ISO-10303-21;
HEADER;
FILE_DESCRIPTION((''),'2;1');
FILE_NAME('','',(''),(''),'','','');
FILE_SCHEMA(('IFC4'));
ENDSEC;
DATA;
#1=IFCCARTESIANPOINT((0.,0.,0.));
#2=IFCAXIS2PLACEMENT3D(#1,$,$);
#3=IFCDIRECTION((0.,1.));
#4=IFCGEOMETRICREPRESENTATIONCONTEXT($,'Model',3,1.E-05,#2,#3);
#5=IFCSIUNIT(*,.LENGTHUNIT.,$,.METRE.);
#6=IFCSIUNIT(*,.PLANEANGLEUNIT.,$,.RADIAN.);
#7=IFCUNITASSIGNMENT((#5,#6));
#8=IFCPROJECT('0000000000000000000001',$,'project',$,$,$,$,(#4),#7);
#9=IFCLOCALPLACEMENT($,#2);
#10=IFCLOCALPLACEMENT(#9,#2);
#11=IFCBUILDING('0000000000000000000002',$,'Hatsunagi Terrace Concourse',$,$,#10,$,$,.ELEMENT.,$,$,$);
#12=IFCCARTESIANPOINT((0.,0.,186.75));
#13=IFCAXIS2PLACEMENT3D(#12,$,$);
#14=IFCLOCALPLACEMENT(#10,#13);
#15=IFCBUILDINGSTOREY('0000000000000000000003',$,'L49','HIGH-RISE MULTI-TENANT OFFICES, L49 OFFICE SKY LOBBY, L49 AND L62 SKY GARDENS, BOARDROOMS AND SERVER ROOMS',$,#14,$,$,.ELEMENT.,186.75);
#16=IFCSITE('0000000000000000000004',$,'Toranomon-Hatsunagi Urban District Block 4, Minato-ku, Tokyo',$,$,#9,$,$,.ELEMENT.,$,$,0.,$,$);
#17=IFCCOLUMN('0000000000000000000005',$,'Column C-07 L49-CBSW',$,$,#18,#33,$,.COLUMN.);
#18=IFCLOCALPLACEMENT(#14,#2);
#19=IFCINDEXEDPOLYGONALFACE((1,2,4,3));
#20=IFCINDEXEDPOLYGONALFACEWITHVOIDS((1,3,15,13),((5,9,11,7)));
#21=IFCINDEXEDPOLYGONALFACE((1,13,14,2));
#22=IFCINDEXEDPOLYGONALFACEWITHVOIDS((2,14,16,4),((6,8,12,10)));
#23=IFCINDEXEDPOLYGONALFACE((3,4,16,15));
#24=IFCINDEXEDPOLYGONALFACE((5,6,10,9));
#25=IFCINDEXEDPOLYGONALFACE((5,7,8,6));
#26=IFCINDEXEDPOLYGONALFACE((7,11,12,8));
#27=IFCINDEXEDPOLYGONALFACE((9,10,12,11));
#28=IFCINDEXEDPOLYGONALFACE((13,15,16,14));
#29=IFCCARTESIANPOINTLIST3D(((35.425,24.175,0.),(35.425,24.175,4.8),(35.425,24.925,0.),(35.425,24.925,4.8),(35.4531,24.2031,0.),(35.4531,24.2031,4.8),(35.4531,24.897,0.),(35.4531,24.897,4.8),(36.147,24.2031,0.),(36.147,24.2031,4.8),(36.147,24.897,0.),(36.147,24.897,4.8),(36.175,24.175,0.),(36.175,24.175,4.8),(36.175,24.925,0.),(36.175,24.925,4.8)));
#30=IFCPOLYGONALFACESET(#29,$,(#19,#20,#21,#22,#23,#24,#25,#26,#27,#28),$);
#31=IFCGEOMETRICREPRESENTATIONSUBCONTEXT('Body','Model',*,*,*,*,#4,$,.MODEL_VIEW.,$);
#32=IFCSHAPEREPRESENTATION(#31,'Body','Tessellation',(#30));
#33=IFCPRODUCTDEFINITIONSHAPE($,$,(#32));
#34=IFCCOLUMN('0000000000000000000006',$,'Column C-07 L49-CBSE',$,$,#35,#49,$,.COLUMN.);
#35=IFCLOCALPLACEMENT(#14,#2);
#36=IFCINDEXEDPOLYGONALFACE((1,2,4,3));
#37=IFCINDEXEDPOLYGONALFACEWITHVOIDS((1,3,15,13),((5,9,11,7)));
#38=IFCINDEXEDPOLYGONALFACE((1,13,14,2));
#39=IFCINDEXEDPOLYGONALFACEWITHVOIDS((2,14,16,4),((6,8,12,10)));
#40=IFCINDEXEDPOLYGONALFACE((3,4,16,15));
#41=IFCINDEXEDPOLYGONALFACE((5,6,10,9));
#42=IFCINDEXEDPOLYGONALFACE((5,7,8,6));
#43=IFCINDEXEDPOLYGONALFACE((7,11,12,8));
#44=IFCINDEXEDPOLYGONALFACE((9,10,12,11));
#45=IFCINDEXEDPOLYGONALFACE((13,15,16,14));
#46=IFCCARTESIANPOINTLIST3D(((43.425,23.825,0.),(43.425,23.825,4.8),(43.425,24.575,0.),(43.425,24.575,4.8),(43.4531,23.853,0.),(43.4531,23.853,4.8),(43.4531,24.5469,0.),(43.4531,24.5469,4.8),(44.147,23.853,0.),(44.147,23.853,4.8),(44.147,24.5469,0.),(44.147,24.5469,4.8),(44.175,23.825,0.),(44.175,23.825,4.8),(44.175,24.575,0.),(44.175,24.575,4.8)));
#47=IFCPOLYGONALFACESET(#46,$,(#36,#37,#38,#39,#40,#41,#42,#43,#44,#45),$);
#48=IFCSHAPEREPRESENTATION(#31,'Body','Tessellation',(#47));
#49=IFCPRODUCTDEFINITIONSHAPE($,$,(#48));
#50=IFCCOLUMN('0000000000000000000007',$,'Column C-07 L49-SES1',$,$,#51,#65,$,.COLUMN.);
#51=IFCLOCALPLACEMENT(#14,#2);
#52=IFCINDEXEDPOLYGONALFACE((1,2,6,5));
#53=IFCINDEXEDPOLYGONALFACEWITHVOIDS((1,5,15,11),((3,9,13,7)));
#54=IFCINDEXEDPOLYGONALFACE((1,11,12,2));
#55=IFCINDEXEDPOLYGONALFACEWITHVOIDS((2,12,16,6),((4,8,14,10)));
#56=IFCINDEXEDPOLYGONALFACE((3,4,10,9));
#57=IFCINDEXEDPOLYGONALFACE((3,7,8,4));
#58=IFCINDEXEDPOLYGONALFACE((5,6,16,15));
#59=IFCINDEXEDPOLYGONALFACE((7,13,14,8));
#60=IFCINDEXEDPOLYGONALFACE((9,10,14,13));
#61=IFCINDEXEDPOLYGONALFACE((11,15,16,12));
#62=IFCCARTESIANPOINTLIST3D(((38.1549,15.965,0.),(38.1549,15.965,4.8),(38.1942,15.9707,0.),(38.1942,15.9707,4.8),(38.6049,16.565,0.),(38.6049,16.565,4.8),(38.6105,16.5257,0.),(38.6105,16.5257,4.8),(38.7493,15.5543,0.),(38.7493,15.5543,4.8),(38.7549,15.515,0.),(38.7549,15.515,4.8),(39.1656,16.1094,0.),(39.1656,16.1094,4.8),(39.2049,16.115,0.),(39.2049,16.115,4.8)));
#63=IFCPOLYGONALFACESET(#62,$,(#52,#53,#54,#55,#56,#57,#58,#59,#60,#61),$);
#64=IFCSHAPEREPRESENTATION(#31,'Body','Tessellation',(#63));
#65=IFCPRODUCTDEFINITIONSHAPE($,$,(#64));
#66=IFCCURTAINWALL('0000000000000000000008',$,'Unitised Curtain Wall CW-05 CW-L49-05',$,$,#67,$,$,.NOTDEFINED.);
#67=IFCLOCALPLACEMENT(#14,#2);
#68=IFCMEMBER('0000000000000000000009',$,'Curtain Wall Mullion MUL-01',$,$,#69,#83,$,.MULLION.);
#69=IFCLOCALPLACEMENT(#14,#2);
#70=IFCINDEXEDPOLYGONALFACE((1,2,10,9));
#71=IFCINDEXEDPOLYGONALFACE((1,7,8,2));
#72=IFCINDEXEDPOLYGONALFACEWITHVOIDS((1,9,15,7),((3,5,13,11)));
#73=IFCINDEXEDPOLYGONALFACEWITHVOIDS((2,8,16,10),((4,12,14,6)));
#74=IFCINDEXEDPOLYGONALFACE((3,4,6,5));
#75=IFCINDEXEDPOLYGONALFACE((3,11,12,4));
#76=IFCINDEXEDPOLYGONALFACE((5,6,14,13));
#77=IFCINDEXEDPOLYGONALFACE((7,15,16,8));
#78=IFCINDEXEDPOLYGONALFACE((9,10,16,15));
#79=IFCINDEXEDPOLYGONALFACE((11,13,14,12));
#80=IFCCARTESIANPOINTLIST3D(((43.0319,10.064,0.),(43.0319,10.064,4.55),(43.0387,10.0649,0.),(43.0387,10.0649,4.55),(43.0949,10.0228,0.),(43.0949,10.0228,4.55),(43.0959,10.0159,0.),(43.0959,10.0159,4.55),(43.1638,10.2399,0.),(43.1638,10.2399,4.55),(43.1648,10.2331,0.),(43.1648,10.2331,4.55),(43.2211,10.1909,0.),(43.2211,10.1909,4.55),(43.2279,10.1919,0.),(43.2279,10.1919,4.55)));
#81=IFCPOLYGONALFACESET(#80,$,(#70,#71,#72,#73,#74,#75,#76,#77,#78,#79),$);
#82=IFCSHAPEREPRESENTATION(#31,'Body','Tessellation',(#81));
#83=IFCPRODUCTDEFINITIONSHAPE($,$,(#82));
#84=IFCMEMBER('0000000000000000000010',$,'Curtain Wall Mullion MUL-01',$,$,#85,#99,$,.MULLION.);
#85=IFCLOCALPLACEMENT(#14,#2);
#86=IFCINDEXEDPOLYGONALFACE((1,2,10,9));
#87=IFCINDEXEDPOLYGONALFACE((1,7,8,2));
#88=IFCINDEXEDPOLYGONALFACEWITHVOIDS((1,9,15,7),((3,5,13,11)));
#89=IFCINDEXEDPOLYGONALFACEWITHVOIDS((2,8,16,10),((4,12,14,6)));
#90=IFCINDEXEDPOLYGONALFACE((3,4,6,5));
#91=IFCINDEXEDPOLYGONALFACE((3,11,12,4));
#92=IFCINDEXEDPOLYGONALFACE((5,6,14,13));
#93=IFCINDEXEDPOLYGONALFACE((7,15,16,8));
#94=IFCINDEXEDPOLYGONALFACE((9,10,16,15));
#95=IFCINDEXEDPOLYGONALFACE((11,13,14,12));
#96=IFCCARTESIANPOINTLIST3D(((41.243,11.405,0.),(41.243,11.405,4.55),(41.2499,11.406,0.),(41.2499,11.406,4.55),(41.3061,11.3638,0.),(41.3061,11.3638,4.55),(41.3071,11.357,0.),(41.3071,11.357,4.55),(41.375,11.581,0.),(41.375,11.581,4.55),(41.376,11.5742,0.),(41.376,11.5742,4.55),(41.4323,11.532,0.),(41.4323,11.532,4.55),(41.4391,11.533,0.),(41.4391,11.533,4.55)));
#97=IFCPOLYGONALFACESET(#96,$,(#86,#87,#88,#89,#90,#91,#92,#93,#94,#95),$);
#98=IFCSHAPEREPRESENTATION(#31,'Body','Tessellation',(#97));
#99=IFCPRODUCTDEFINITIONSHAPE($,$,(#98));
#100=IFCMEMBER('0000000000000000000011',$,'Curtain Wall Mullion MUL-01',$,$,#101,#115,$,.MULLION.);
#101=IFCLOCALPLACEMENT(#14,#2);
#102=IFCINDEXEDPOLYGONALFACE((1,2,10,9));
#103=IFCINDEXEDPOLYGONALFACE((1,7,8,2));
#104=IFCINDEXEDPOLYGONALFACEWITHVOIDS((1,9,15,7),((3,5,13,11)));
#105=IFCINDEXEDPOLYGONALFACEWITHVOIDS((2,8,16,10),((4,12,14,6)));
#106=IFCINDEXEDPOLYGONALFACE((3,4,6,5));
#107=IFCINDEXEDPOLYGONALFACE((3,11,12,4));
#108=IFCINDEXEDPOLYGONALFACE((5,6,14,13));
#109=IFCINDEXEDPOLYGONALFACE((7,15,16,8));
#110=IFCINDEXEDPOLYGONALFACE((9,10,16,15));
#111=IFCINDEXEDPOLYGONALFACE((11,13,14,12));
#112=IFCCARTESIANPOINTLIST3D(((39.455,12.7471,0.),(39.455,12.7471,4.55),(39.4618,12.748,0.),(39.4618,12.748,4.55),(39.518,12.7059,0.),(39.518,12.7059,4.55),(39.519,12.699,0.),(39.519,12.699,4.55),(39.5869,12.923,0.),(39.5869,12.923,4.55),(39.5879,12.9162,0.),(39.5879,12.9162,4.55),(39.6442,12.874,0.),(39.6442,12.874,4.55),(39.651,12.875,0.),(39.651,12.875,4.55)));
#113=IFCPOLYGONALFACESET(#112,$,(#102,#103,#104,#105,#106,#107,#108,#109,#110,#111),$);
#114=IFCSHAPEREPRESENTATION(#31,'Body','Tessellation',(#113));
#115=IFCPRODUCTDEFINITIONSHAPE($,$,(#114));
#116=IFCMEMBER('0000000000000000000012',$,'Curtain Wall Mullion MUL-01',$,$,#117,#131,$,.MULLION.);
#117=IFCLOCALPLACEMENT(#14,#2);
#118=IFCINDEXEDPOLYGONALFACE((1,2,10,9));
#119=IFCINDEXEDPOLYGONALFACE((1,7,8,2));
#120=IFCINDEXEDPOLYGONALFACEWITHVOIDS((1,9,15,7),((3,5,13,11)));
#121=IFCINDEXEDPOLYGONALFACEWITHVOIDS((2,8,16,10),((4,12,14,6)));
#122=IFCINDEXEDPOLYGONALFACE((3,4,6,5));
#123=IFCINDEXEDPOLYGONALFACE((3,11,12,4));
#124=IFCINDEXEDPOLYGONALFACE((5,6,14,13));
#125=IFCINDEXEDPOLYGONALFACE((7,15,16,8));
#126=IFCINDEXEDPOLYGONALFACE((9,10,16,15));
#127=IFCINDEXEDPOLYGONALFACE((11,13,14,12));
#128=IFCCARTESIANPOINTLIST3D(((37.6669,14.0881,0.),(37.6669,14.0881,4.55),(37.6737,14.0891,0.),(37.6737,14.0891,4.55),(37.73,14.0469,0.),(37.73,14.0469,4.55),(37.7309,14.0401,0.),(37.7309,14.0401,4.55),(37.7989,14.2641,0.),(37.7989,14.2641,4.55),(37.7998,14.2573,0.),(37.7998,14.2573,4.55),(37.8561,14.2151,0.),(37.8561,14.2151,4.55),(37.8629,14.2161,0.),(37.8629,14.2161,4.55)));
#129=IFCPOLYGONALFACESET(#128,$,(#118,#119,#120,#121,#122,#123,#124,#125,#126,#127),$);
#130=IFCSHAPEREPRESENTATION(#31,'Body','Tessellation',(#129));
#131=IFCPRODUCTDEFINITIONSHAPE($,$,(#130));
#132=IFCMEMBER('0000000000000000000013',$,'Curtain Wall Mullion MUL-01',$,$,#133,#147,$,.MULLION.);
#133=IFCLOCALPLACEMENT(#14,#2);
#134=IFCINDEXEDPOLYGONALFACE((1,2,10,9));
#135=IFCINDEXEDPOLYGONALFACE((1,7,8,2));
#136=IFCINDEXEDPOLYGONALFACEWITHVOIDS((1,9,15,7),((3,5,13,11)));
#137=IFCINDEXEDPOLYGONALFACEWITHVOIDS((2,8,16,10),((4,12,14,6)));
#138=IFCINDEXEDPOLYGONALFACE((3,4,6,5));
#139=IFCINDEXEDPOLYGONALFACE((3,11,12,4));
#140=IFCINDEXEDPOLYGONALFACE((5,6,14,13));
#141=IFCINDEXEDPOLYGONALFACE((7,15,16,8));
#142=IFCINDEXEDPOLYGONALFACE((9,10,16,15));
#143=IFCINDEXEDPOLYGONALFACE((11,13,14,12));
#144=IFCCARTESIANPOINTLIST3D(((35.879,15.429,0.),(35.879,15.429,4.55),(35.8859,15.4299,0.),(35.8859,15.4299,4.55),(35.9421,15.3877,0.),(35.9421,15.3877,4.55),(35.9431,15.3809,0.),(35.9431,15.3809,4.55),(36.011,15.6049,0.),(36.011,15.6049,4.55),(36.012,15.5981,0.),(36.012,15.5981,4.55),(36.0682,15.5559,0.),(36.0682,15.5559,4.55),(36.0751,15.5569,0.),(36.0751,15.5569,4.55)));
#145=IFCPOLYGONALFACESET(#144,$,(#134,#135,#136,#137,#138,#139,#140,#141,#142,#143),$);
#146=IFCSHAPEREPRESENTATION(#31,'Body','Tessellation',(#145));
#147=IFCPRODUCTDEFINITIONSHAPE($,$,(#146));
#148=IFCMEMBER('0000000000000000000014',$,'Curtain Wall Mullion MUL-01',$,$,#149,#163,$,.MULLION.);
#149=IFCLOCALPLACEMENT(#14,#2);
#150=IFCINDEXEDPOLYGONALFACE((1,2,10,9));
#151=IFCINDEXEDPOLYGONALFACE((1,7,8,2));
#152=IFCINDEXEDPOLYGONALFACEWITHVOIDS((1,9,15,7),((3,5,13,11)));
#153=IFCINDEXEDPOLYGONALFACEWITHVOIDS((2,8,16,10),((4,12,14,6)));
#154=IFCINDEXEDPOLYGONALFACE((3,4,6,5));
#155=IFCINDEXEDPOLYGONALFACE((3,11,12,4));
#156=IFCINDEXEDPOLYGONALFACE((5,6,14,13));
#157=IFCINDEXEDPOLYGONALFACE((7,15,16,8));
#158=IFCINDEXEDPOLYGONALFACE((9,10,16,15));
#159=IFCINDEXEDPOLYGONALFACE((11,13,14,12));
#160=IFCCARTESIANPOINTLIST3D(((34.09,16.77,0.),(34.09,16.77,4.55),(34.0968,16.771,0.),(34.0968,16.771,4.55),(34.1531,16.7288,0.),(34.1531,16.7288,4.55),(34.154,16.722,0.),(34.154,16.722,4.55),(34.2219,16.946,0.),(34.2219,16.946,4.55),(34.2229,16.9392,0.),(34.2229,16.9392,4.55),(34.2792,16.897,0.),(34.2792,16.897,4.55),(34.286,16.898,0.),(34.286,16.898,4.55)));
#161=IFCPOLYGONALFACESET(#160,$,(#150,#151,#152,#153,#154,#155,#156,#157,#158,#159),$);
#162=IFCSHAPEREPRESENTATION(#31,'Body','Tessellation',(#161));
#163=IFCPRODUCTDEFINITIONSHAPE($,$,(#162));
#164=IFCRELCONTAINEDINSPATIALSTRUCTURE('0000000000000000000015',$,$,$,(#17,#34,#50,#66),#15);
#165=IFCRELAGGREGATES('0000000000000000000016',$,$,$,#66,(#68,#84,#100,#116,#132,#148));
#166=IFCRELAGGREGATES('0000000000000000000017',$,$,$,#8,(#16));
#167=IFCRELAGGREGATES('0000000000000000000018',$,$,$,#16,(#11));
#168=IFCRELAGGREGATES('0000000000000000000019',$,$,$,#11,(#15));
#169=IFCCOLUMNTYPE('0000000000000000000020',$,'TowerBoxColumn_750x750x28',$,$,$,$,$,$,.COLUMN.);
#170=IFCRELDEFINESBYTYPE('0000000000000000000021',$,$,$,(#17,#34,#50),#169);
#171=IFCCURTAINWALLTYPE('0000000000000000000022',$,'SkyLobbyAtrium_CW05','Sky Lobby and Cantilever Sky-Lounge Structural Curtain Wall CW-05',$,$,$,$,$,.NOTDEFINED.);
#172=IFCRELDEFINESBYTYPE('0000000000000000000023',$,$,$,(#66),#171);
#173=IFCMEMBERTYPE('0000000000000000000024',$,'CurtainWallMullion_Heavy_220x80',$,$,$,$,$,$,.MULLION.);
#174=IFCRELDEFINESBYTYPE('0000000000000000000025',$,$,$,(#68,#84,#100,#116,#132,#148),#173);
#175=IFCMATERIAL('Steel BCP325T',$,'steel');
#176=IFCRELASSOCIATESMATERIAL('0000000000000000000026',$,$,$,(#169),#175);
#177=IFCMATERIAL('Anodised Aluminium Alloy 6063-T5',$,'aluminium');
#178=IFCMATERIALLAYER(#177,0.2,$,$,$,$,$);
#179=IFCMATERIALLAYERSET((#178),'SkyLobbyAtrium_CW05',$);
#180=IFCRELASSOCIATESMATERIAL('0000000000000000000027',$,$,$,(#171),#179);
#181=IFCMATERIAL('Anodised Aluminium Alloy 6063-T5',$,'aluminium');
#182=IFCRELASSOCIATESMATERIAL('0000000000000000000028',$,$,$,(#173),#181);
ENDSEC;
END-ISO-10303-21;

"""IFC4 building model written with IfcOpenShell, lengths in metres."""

from ifc_helpers import new_model, si_unit, direction, frame, origin, origin_2d, place, context, subcontext, project, spatial, hollow_rectangle, extrude, material, layer, layer_set, material_profile, profile_set, type_object, element, aggregate, save


model = new_model("IFC4")

# Units and contexts
model_context = context("Model", 3, precision=1e-05, world=origin(), true_north=direction((0.0, 1.0)))
body_context = subcontext(model_context, "Body", "Model", "MODEL_VIEW")
ifc_project = project(units=[si_unit("LENGTHUNIT", "METRE"), si_unit("PLANEANGLEUNIT", "RADIAN")], contexts=[model_context])

# Site, building, storey
site_placement = place(None, origin())
site = spatial("IfcSite", under=ifc_project, at=site_placement, Name="Toranomon-Hatsunagi Urban District Block 4, Minato-ku, Tokyo", CompositionType="ELEMENT", RefElevation=0.0)
building_placement = place(site_placement, origin())
building = spatial("IfcBuilding", under=site, at=building_placement, Name="Hatsunagi Terrace Concourse", CompositionType="ELEMENT")
storey_placement = place(building_placement, frame((0.0, 0.0, 186.75)))
storey = spatial("IfcBuildingStorey", under=building, at=storey_placement, Name="L49", Description="HIGH-RISE MULTI-TENANT OFFICES, L49 OFFICE SKY LOBBY, L49 AND L62 SKY GARDENS, BOARDROOMS AND SERVER ROOMS", CompositionType="ELEMENT", Elevation=186.75)

# Columns
ifc_material_1 = material(Name="Steel BCP325T", Category="steel")
ifc_material_profile_1 = material_profile(ifc_material_1, hollow_rectangle(XDim=0.75, YDim=0.75, WallThickness=0.0281, at=origin_2d()), Name="BCP-750x750x28")
ifc_profile_set_1 = profile_set([ifc_material_profile_1], Name="Steel BCP325T")
column_type = type_object("IfcColumnType", Name="TowerBoxColumn_750x750x28", PredefinedType="COLUMN", material=ifc_profile_set_1)
for number, where, z_axis, x_axis, name in (
    (1, (35.8, 24.55, 0.0), (0.0, 0.0, 1.0), (1.0, 0.0, 0.0), "Column C-07 L49-CBSW"),
    (2, (43.8, 24.2, 0.0), (0.0, 0.0, 1.0), (1.0, 0.0, 0.0), "Column C-07 L49-CBSE"),
    (3, (38.6799, 16.04, 0.0), (0.0, 0.0, 1.0), (0.8, -0.6, 0.0), "Column C-07 L49-SES1"),
):
    element("IfcColumn", number, at=place(storey_placement, frame(where, z_axis=z_axis, x_axis=x_axis)), inside=storey, type_object=column_type, Name=name, PredefinedType="COLUMN", context=body_context, shape_type="SweptSolid", body=[
        extrude(hollow_rectangle(XDim=0.75, YDim=0.75, WallThickness=0.0281, at=origin_2d()), origin(), (0.0, 0.0, 1.0), 4.8),
    ])

# Curtain wall, members
ifc_material_2 = material(Name="Anodised Aluminium Alloy 6063-T5", Category="aluminium")
ifc_layer_1 = layer(ifc_material_2, 0.2)
ifc_layer_set_1 = layer_set([ifc_layer_1], Name="SkyLobbyAtrium_CW05")
curtain_wall_type = type_object("IfcCurtainWallType", Name="SkyLobbyAtrium_CW05", Description="Sky Lobby and Cantilever Sky-Lounge Structural Curtain Wall CW-05", PredefinedType="NOTDEFINED", material=ifc_layer_set_1)
curtain_wall_placement = place(storey_placement, origin())
curtain_wall = element("IfcCurtainWall", 4, at=curtain_wall_placement, inside=storey, type_object=curtain_wall_type, Name="Unitised Curtain Wall CW-05 CW-L49-05", PredefinedType="NOTDEFINED")
ifc_material_3 = material(Name="Anodised Aluminium Alloy 6063-T5", Category="aluminium")
ifc_material_profile_2 = material_profile(ifc_material_3, hollow_rectangle(XDim=0.0801, YDim=0.22, WallThickness=0.0049, at=origin_2d()), Name="ALU-MUL-220x80x5")
ifc_profile_set_2 = profile_set([ifc_material_profile_2], Name="Anodised Aluminium Alloy 6063-T5")
member_type = type_object("IfcMemberType", Name="CurtainWallMullion_Heavy_220x80", PredefinedType="MULLION", material=ifc_profile_set_2)
member_1_placement = place(storey_placement, frame((43.1299, 10.1279, 0.0), z_axis=(0.0, 0.0, 1.0), x_axis=(-0.800005, 0.599993, 0.0)))
member_1 = element("IfcMember", 5, at=member_1_placement, type_object=member_type, Name="Curtain Wall Mullion MUL-01", PredefinedType="MULLION", context=body_context, shape_type="SweptSolid", body=[
    extrude(hollow_rectangle(XDim=0.0801, YDim=0.22, WallThickness=0.0049, at=origin_2d()), origin(), (0.0, 0.0, 1.0), 4.55),
])
member_2_placement = place(storey_placement, frame((41.3411, 11.469, 0.0), z_axis=(0.0, 0.0, 1.0), x_axis=(-0.800005, 0.599993, 0.0)))
member_2 = element("IfcMember", 6, at=member_2_placement, type_object=member_type, Name="Curtain Wall Mullion MUL-01", PredefinedType="MULLION", context=body_context, shape_type="SweptSolid", body=[
    extrude(hollow_rectangle(XDim=0.0801, YDim=0.22, WallThickness=0.0049, at=origin_2d()), origin(), (0.0, 0.0, 1.0), 4.55),
])
member_3_placement = place(storey_placement, frame((39.553, 12.811, 0.0), z_axis=(0.0, 0.0, 1.0), x_axis=(-0.800005, 0.599993, 0.0)))
member_3 = element("IfcMember", 7, at=member_3_placement, type_object=member_type, Name="Curtain Wall Mullion MUL-01", PredefinedType="MULLION", context=body_context, shape_type="SweptSolid", body=[
    extrude(hollow_rectangle(XDim=0.0801, YDim=0.22, WallThickness=0.0049, at=origin_2d()), origin(), (0.0, 0.0, 1.0), 4.55),
])
member_4_placement = place(storey_placement, frame((37.7649, 14.1521, 0.0), z_axis=(0.0, 0.0, 1.0), x_axis=(-0.800005, 0.599993, 0.0)))
member_4 = element("IfcMember", 8, at=member_4_placement, type_object=member_type, Name="Curtain Wall Mullion MUL-01", PredefinedType="MULLION", context=body_context, shape_type="SweptSolid", body=[
    extrude(hollow_rectangle(XDim=0.0801, YDim=0.22, WallThickness=0.0049, at=origin_2d()), origin(), (0.0, 0.0, 1.0), 4.55),
])
member_5_placement = place(storey_placement, frame((35.9771, 15.4929, 0.0), z_axis=(0.0, 0.0, 1.0), x_axis=(-0.800005, 0.599993, 0.0)))
member_5 = element("IfcMember", 9, at=member_5_placement, type_object=member_type, Name="Curtain Wall Mullion MUL-01", PredefinedType="MULLION", context=body_context, shape_type="SweptSolid", body=[
    extrude(hollow_rectangle(XDim=0.0801, YDim=0.22, WallThickness=0.0049, at=origin_2d()), origin(), (0.0, 0.0, 1.0), 4.55),
])
member_6_placement = place(storey_placement, frame((34.188, 16.834, 0.0), z_axis=(0.0, 0.0, 1.0), x_axis=(-0.800005, 0.599993, 0.0)))
member_6 = element("IfcMember", 10, at=member_6_placement, type_object=member_type, Name="Curtain Wall Mullion MUL-01", PredefinedType="MULLION", context=body_context, shape_type="SweptSolid", body=[
    extrude(hollow_rectangle(XDim=0.0801, YDim=0.22, WallThickness=0.0049, at=origin_2d()), origin(), (0.0, 0.0, 1.0), 4.55),
])

aggregate(curtain_wall, [member_1, member_2, member_3, member_4, member_5, member_6])

save(model, "model.ifc")
